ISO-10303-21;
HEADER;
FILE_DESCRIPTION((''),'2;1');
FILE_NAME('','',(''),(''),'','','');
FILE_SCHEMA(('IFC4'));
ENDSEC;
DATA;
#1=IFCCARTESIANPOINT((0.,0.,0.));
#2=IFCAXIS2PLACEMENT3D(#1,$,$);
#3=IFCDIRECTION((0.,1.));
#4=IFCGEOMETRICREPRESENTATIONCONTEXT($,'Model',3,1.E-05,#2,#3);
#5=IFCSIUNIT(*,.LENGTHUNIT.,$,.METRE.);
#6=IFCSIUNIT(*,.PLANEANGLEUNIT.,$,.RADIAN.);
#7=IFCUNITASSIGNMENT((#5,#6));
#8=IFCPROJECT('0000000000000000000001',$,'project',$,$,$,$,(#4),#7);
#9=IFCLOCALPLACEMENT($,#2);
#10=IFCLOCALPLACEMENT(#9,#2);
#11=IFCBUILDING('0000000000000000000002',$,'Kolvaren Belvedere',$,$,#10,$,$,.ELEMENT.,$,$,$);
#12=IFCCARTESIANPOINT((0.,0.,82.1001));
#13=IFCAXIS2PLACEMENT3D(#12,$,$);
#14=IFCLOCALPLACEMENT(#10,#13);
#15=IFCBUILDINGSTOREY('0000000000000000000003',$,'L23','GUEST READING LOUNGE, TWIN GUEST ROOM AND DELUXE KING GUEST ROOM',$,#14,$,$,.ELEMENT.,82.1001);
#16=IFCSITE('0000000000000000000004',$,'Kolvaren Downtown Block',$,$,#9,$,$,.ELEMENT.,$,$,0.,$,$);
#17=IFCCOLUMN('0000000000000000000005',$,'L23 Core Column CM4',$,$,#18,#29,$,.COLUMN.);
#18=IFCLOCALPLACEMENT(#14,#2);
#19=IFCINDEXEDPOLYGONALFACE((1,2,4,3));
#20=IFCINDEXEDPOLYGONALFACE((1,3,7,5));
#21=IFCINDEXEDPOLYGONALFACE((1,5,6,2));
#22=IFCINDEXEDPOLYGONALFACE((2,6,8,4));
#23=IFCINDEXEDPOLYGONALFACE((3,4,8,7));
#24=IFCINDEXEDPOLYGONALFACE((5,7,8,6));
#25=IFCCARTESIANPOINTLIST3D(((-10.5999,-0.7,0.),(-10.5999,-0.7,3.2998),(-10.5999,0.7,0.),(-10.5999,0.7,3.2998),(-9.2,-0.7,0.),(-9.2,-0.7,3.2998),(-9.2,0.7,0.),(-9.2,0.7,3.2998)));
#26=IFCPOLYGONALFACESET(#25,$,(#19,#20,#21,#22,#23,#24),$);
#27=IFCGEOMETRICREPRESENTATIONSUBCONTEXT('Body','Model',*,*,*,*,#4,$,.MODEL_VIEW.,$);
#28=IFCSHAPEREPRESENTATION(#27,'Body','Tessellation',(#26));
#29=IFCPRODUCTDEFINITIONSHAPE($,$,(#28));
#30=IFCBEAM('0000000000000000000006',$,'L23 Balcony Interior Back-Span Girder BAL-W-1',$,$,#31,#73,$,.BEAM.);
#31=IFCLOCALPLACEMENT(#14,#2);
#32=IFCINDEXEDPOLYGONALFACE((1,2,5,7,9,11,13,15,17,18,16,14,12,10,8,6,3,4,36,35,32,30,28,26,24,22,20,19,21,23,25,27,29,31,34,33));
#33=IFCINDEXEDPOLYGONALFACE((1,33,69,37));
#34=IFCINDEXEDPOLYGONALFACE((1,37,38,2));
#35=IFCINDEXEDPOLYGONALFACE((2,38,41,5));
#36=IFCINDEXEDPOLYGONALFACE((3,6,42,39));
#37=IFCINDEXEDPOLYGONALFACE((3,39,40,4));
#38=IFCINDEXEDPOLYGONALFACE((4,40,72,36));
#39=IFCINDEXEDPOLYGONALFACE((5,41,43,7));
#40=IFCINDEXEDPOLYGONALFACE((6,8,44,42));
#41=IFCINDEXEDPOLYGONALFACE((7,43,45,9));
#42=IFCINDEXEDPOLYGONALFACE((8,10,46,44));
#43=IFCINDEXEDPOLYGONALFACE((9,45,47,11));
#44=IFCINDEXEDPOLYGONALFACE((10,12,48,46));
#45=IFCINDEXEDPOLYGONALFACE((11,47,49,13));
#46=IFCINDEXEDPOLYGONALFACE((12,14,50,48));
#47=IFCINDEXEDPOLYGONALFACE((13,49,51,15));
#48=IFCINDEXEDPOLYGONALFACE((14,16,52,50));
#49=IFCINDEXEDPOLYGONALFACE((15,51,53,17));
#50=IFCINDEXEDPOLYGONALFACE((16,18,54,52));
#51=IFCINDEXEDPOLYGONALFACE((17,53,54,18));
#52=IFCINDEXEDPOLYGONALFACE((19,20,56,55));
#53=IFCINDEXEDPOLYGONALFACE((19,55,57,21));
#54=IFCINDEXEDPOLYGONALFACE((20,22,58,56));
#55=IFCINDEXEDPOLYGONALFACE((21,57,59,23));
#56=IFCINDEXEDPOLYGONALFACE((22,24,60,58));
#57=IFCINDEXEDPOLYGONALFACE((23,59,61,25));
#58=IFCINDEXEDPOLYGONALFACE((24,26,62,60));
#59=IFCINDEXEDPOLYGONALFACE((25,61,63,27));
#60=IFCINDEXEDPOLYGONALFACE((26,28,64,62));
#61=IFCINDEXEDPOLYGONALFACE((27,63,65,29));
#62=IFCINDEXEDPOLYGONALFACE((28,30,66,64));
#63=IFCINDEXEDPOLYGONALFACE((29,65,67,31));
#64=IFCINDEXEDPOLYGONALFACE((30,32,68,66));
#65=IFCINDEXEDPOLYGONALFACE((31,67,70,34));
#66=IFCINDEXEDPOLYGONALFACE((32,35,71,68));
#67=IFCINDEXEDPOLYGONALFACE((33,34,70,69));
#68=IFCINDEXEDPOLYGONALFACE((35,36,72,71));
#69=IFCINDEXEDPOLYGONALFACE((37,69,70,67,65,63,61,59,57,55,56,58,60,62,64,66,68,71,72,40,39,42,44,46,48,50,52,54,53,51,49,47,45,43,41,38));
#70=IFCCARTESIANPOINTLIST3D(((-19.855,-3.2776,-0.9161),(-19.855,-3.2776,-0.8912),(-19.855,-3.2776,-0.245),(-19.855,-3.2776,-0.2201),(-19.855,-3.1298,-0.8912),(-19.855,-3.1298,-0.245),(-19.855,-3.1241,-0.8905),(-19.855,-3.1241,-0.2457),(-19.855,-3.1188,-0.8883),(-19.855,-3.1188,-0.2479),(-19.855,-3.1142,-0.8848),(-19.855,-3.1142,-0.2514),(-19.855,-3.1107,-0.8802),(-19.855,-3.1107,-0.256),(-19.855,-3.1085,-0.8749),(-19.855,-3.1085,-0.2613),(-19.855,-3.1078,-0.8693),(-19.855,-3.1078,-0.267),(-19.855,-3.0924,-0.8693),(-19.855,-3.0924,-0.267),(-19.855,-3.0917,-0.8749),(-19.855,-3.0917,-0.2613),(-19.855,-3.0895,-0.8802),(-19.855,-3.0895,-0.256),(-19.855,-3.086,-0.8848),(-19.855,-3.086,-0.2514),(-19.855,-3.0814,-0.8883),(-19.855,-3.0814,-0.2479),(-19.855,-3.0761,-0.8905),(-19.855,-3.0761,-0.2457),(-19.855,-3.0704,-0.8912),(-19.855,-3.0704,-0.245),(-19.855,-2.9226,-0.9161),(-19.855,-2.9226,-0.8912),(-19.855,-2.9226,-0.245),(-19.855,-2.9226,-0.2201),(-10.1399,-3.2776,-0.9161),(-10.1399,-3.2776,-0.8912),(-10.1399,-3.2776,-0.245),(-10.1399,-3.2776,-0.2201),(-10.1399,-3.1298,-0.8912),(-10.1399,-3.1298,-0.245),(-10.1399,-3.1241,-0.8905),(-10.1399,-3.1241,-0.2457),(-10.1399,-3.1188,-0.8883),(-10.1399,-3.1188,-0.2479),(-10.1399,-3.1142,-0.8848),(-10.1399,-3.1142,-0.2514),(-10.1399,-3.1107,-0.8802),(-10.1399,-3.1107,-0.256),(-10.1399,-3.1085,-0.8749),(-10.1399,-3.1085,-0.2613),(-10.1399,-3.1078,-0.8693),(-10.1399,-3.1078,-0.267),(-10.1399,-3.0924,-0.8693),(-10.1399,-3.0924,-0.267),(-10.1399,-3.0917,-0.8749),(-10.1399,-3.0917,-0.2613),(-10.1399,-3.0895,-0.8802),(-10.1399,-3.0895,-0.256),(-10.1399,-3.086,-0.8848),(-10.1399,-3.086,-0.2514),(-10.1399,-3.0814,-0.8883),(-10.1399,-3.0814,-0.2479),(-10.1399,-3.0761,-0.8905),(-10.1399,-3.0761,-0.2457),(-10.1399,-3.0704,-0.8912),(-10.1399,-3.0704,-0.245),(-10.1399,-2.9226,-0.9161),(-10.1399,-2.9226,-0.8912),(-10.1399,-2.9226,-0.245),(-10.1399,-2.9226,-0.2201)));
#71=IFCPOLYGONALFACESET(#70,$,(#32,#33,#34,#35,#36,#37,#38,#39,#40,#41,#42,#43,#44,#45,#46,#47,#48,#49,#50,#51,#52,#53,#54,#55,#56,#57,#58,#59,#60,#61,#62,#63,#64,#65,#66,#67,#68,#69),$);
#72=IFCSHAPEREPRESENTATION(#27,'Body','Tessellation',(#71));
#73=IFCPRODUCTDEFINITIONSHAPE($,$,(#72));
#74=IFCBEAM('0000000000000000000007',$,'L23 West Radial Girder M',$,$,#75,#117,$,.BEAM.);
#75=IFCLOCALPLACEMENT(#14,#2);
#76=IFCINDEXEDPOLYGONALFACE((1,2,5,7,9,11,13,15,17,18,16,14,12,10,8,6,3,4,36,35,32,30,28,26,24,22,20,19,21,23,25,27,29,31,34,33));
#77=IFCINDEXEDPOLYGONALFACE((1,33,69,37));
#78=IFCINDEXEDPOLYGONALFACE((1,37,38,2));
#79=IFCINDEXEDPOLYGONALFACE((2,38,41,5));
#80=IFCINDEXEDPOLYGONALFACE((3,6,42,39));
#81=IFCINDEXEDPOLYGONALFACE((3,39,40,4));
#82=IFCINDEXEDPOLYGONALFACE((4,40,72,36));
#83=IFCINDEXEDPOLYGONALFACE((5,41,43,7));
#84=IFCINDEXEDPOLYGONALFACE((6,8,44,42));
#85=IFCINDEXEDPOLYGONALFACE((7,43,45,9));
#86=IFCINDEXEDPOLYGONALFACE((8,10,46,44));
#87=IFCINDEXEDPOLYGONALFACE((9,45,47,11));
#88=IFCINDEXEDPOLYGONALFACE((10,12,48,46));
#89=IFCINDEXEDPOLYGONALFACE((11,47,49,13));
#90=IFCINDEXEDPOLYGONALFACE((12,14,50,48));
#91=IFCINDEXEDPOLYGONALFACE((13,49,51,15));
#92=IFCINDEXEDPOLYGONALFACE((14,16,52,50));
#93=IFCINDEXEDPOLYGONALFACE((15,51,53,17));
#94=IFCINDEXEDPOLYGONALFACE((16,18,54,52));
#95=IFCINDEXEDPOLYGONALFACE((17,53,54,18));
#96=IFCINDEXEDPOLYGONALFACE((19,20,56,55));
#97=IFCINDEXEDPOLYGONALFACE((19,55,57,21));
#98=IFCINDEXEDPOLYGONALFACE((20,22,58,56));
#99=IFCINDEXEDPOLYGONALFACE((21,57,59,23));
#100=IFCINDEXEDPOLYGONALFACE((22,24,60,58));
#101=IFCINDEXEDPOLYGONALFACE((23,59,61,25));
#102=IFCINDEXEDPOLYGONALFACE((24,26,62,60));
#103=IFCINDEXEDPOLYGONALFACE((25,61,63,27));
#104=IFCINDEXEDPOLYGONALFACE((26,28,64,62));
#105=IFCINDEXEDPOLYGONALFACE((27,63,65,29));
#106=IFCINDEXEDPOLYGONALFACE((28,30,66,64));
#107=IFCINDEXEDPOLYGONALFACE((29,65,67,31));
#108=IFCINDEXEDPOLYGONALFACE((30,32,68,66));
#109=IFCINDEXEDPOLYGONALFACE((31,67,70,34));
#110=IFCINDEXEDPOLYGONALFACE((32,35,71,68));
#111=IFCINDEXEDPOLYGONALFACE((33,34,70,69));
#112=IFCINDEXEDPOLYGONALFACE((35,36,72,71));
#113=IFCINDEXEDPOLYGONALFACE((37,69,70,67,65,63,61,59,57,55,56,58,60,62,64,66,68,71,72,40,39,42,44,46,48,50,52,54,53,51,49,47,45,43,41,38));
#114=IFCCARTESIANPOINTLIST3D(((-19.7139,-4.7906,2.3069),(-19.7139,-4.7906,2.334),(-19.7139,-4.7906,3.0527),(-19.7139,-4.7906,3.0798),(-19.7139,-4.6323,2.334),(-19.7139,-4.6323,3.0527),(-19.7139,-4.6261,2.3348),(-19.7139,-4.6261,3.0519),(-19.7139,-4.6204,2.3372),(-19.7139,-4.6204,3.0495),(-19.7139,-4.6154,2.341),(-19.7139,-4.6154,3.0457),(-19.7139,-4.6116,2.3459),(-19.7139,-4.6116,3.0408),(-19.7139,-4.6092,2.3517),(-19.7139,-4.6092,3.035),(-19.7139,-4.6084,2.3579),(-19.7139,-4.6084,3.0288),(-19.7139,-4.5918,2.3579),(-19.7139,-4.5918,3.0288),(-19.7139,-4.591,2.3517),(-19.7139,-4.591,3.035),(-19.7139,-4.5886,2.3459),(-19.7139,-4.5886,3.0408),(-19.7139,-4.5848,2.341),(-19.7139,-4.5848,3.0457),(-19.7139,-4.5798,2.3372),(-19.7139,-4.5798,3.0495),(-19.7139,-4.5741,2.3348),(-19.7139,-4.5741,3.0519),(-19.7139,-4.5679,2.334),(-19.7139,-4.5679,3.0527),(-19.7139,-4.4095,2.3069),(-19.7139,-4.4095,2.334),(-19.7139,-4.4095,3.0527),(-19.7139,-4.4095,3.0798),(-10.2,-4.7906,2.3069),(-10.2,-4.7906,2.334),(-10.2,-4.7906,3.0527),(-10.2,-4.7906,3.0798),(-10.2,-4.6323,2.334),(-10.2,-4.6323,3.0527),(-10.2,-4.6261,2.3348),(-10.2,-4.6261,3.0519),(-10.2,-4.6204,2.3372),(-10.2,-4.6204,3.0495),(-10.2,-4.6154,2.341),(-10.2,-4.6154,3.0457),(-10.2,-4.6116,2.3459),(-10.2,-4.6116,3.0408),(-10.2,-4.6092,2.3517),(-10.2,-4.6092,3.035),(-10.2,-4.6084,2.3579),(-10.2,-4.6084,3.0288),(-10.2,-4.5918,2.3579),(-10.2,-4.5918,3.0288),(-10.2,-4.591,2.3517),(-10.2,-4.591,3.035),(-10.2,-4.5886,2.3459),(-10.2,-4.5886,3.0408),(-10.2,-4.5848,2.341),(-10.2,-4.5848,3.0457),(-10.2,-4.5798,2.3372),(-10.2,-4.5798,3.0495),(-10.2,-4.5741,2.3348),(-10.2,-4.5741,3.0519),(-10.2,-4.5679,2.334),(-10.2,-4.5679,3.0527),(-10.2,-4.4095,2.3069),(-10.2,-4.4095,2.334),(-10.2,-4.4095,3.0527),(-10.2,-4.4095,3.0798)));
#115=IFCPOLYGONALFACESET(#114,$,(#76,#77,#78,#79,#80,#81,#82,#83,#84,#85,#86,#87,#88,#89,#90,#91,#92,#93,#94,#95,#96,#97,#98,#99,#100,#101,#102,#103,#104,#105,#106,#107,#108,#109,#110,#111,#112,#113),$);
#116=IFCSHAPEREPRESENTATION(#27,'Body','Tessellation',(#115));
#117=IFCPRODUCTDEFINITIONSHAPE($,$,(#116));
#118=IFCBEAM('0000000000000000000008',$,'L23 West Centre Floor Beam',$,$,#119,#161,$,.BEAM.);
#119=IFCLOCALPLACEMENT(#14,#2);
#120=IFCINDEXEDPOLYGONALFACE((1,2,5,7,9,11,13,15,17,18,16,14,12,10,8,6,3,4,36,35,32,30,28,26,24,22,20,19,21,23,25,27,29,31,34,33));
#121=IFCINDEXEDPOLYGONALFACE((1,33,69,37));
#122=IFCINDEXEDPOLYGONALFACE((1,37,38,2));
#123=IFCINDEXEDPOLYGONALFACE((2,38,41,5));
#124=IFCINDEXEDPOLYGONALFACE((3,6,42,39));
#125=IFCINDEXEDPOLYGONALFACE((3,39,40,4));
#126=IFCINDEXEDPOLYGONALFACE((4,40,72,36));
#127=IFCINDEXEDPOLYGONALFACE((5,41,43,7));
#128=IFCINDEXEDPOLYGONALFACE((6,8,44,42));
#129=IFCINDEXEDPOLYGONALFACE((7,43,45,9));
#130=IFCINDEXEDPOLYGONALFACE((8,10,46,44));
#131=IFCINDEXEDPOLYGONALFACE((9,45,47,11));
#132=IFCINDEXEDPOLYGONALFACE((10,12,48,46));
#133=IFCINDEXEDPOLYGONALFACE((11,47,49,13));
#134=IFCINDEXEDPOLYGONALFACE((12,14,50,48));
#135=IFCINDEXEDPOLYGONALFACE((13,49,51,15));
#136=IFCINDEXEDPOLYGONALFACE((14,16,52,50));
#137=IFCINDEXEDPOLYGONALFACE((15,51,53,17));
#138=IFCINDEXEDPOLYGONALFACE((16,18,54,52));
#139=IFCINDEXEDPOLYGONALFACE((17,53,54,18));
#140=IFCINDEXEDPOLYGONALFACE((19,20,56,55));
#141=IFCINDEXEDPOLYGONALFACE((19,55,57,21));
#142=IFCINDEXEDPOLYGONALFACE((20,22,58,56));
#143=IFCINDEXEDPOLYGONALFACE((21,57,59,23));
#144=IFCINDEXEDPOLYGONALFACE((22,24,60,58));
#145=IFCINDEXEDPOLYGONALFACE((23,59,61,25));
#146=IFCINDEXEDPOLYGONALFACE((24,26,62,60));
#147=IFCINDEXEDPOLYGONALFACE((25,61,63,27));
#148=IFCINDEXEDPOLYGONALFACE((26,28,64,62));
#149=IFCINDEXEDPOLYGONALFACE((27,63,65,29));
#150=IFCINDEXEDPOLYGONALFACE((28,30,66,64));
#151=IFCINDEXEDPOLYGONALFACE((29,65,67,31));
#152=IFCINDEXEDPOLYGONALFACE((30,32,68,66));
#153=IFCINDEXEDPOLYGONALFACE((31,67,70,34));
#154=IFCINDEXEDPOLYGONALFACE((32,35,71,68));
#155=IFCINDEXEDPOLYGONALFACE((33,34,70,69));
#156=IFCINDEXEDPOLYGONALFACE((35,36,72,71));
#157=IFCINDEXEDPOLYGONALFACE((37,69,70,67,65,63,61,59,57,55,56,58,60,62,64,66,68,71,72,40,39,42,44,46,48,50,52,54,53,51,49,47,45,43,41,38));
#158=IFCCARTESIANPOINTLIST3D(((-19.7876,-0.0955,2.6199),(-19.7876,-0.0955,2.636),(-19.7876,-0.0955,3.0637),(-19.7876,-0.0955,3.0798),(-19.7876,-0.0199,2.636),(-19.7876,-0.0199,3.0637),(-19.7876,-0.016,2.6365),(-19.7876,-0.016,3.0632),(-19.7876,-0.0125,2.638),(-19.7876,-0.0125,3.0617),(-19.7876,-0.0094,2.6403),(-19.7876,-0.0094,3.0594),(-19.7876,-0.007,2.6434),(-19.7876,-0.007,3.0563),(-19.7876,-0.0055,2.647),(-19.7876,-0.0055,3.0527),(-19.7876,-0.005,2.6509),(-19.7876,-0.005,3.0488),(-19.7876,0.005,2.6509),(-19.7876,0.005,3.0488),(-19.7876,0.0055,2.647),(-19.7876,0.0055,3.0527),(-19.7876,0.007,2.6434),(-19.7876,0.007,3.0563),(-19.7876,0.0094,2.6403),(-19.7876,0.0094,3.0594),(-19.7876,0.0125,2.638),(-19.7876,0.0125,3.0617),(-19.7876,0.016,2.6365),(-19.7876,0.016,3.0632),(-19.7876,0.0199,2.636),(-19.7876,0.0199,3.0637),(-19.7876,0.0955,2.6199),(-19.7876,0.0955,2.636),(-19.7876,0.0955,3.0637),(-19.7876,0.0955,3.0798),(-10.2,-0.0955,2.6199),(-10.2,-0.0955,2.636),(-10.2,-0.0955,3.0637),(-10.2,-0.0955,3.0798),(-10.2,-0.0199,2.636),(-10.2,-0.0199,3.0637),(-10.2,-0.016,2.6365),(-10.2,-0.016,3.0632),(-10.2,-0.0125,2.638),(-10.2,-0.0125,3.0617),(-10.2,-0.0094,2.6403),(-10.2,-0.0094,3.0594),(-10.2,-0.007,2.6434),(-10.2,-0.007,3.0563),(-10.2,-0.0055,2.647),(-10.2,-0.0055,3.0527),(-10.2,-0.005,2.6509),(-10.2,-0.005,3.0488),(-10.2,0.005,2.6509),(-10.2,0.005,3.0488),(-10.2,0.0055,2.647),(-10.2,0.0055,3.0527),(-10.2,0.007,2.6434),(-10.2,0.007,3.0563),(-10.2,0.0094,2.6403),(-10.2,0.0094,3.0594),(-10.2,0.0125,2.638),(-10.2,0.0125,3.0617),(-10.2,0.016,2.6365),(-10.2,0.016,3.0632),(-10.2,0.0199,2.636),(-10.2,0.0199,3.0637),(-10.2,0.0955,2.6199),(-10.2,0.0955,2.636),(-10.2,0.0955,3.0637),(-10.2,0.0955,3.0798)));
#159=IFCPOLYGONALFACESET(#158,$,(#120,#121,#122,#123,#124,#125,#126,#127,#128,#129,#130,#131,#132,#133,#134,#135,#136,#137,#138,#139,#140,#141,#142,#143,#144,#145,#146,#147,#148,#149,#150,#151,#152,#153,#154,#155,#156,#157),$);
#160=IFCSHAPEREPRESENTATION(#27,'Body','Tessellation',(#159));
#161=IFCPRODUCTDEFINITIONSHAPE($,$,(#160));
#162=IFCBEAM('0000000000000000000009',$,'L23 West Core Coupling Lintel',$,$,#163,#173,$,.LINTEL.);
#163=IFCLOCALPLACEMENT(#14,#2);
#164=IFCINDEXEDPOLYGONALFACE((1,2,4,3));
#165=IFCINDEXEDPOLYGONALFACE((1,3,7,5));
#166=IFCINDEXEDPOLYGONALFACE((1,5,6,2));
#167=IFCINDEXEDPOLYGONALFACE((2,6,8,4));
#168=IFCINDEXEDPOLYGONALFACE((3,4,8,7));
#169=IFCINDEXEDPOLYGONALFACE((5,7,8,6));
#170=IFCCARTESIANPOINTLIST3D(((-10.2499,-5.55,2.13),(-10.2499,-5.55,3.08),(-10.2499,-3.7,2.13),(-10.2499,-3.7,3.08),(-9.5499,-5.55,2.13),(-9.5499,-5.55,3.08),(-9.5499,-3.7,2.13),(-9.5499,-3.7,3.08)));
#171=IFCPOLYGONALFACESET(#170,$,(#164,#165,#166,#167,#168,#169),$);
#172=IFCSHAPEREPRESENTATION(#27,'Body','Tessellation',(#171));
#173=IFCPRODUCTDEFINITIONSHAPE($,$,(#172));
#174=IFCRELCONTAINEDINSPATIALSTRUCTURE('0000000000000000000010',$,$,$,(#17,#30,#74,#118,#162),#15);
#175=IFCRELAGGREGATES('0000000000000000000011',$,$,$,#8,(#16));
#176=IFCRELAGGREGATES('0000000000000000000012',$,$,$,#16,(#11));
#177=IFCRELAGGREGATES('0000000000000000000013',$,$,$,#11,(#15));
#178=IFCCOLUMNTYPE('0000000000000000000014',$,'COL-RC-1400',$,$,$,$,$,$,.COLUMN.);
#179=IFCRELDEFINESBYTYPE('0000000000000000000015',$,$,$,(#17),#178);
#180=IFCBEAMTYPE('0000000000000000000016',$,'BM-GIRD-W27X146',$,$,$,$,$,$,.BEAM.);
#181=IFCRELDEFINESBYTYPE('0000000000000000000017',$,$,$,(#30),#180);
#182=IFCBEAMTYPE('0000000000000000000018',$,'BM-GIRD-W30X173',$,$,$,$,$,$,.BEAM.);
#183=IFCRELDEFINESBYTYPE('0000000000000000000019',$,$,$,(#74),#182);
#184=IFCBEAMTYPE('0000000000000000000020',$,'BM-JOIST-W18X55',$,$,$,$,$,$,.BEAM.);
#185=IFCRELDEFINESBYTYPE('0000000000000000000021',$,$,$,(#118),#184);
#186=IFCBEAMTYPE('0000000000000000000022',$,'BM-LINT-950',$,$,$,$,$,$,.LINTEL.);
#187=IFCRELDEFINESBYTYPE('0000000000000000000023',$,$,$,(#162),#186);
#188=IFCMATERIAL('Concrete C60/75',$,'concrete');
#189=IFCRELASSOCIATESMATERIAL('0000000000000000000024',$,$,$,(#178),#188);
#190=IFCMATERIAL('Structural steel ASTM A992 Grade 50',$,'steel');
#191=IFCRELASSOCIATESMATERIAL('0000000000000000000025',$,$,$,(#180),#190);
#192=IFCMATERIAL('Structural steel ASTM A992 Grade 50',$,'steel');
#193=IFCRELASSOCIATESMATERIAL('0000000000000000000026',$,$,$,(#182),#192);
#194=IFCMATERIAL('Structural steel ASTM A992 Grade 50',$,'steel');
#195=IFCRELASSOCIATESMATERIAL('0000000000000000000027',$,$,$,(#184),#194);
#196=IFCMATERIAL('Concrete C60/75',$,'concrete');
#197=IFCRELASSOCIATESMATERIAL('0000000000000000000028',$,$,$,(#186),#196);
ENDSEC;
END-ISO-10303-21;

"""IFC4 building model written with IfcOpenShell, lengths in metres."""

from ifc_helpers import new_model, si_unit, direction, frame, origin, origin_2d, place, context, subcontext, project, spatial, rectangle, i_section, extrude, material, material_profile, profile_set, type_object, element, save


model = new_model("IFC4")

# Units and contexts
model_context = context("Model", 3, precision=1e-05, world=origin(), true_north=direction((0.0, 1.0)))
body_context = subcontext(model_context, "Body", "Model", "MODEL_VIEW")
ifc_project = project(units=[si_unit("LENGTHUNIT", "METRE"), si_unit("PLANEANGLEUNIT", "RADIAN")], contexts=[model_context])

# Site, building, storey
site_placement = place(None, origin())
site = spatial("IfcSite", under=ifc_project, at=site_placement, Name="Kolvaren Downtown Block", CompositionType="ELEMENT", RefElevation=0.0)
building_placement = place(site_placement, origin())
building = spatial("IfcBuilding", under=site, at=building_placement, Name="Kolvaren Belvedere", CompositionType="ELEMENT")
storey_placement = place(building_placement, frame((0.0, 0.0, 82.1001)))
storey = spatial("IfcBuildingStorey", under=building, at=storey_placement, Name="L23", Description="GUEST READING LOUNGE, TWIN GUEST ROOM AND DELUXE KING GUEST ROOM", CompositionType="ELEMENT", Elevation=82.1001)

# Column
ifc_material_1 = material(Name="Concrete C60/75", Category="concrete")
ifc_material_profile_1 = material_profile(ifc_material_1, rectangle(XDim=1.3999, YDim=1.3999, at=origin_2d()), Name="RC 1400X1400")
ifc_profile_set_1 = profile_set([ifc_material_profile_1], Name="Concrete C60/75")
column_type = type_object("IfcColumnType", Name="COL-RC-1400", PredefinedType="COLUMN", material=ifc_profile_set_1)
column_placement = place(storey_placement, frame((-9.8999, 0.0, 0.0), z_axis=(0.0, 0.0, 1.0), x_axis=(1.0, 0.0, 0.0)))
element("IfcColumn", 1, at=column_placement, inside=storey, type_object=column_type, Name="L23 Core Column CM4", PredefinedType="COLUMN", context=body_context, shape_type="SweptSolid", body=[
    extrude(rectangle(XDim=1.3999, YDim=1.3999, at=origin_2d()), origin(), (0.0, 0.0, 1.0), 3.2998),
])

# Beams
ifc_material_2 = material(Name="Structural steel ASTM A992 Grade 50", Category="steel")
ifc_material_profile_2 = material_profile(ifc_material_2, i_section(OverallWidth=0.355, OverallDepth=0.696, WebThickness=0.0154, FlangeThickness=0.0249, FilletRadius=0.022, at=origin_2d()), Name="W27X146")
ifc_profile_set_2 = profile_set([ifc_material_profile_2], Name="Structural steel ASTM A992 Grade 50")
beam_type_1 = type_object("IfcBeamType", Name="BM-GIRD-W27X146", PredefinedType="BEAM", material=ifc_profile_set_2)
beam_1_placement = place(storey_placement, frame((-10.1399, -3.1001, -0.5681), z_axis=(-1.0, 0.0, 0.0), x_axis=(0.0, -1.0, 0.0)))
element("IfcBeam", 2, at=beam_1_placement, inside=storey, type_object=beam_type_1, Name="L23 Balcony Interior Back-Span Girder BAL-W-1", PredefinedType="BEAM", context=body_context, shape_type="SweptSolid", body=[
    extrude(i_section(OverallWidth=0.355, OverallDepth=0.696, WebThickness=0.0154, FlangeThickness=0.0249, FilletRadius=0.022, at=origin_2d()), origin(), (0.0, 0.0, 1.0), 9.7151),
])
ifc_material_3 = material(Name="Structural steel ASTM A992 Grade 50", Category="steel")
ifc_material_profile_3 = material_profile(ifc_material_3, i_section(OverallWidth=0.3811, OverallDepth=0.7729, WebThickness=0.0166, FlangeThickness=0.0271, FilletRadius=0.0239, at=origin_2d()), Name="W30X173")
ifc_profile_set_3 = profile_set([ifc_material_profile_3], Name="Structural steel ASTM A992 Grade 50")
beam_type_2 = type_object("IfcBeamType", Name="BM-GIRD-W30X173", PredefinedType="BEAM", material=ifc_profile_set_3)
beam_2_placement = place(storey_placement, frame((-10.2, -4.6001, 2.6934), z_axis=(-1.0, 0.0, 0.0), x_axis=(0.0, -1.0, 0.0)))
element("IfcBeam", 3, at=beam_2_placement, inside=storey, type_object=beam_type_2, Name="L23 West Radial Girder M", PredefinedType="BEAM", context=body_context, shape_type="SweptSolid", body=[
    extrude(i_section(OverallWidth=0.3811, OverallDepth=0.7729, WebThickness=0.0166, FlangeThickness=0.0271, FilletRadius=0.0239, at=origin_2d()), origin(), (0.0, 0.0, 1.0), 9.5139),
])
ifc_material_4 = material(Name="Structural steel ASTM A992 Grade 50", Category="steel")
ifc_material_profile_4 = material_profile(ifc_material_4, i_section(OverallWidth=0.1909, OverallDepth=0.46, WebThickness=0.01, FlangeThickness=0.0161, FilletRadius=0.0149, at=origin_2d()), Name="W18X55")
ifc_profile_set_4 = profile_set([ifc_material_profile_4], Name="Structural steel ASTM A992 Grade 50")
beam_type_3 = type_object("IfcBeamType", Name="BM-JOIST-W18X55", PredefinedType="BEAM", material=ifc_profile_set_4)
beam_3_placement = place(storey_placement, frame((-10.2, 0.0, 2.8499), z_axis=(-1.0, 0.0, 0.0), x_axis=(0.0, -1.0, 0.0)))
element("IfcBeam", 4, at=beam_3_placement, inside=storey, type_object=beam_type_3, Name="L23 West Centre Floor Beam", PredefinedType="BEAM", context=body_context, shape_type="SweptSolid", body=[
    extrude(i_section(OverallWidth=0.1909, OverallDepth=0.46, WebThickness=0.01, FlangeThickness=0.0161, FilletRadius=0.0149, at=origin_2d()), origin(), (0.0, 0.0, 1.0), 9.5876),
])
ifc_material_5 = material(Name="Concrete C60/75", Category="concrete")
ifc_material_profile_5 = material_profile(ifc_material_5, rectangle(XDim=0.7, YDim=0.95, at=origin_2d()), Name="RC 700X950")
ifc_profile_set_5 = profile_set([ifc_material_profile_5], Name="Concrete C60/75")
beam_type_4 = type_object("IfcBeamType", Name="BM-LINT-950", PredefinedType="LINTEL", material=ifc_profile_set_5)
beam_4_placement = place(storey_placement, frame((-9.8999, -5.55, 2.605), z_axis=(0.0, 1.0, 0.0), x_axis=(-1.0, 0.0, 0.0)))
element("IfcBeam", 5, at=beam_4_placement, inside=storey, type_object=beam_type_4, Name="L23 West Core Coupling Lintel", PredefinedType="LINTEL", context=body_context, shape_type="SweptSolid", body=[
    extrude(rectangle(XDim=0.7, YDim=0.95, at=origin_2d()), origin(), (0.0, 0.0, 1.0), 1.8501),
])

save(model, "model.ifc")
